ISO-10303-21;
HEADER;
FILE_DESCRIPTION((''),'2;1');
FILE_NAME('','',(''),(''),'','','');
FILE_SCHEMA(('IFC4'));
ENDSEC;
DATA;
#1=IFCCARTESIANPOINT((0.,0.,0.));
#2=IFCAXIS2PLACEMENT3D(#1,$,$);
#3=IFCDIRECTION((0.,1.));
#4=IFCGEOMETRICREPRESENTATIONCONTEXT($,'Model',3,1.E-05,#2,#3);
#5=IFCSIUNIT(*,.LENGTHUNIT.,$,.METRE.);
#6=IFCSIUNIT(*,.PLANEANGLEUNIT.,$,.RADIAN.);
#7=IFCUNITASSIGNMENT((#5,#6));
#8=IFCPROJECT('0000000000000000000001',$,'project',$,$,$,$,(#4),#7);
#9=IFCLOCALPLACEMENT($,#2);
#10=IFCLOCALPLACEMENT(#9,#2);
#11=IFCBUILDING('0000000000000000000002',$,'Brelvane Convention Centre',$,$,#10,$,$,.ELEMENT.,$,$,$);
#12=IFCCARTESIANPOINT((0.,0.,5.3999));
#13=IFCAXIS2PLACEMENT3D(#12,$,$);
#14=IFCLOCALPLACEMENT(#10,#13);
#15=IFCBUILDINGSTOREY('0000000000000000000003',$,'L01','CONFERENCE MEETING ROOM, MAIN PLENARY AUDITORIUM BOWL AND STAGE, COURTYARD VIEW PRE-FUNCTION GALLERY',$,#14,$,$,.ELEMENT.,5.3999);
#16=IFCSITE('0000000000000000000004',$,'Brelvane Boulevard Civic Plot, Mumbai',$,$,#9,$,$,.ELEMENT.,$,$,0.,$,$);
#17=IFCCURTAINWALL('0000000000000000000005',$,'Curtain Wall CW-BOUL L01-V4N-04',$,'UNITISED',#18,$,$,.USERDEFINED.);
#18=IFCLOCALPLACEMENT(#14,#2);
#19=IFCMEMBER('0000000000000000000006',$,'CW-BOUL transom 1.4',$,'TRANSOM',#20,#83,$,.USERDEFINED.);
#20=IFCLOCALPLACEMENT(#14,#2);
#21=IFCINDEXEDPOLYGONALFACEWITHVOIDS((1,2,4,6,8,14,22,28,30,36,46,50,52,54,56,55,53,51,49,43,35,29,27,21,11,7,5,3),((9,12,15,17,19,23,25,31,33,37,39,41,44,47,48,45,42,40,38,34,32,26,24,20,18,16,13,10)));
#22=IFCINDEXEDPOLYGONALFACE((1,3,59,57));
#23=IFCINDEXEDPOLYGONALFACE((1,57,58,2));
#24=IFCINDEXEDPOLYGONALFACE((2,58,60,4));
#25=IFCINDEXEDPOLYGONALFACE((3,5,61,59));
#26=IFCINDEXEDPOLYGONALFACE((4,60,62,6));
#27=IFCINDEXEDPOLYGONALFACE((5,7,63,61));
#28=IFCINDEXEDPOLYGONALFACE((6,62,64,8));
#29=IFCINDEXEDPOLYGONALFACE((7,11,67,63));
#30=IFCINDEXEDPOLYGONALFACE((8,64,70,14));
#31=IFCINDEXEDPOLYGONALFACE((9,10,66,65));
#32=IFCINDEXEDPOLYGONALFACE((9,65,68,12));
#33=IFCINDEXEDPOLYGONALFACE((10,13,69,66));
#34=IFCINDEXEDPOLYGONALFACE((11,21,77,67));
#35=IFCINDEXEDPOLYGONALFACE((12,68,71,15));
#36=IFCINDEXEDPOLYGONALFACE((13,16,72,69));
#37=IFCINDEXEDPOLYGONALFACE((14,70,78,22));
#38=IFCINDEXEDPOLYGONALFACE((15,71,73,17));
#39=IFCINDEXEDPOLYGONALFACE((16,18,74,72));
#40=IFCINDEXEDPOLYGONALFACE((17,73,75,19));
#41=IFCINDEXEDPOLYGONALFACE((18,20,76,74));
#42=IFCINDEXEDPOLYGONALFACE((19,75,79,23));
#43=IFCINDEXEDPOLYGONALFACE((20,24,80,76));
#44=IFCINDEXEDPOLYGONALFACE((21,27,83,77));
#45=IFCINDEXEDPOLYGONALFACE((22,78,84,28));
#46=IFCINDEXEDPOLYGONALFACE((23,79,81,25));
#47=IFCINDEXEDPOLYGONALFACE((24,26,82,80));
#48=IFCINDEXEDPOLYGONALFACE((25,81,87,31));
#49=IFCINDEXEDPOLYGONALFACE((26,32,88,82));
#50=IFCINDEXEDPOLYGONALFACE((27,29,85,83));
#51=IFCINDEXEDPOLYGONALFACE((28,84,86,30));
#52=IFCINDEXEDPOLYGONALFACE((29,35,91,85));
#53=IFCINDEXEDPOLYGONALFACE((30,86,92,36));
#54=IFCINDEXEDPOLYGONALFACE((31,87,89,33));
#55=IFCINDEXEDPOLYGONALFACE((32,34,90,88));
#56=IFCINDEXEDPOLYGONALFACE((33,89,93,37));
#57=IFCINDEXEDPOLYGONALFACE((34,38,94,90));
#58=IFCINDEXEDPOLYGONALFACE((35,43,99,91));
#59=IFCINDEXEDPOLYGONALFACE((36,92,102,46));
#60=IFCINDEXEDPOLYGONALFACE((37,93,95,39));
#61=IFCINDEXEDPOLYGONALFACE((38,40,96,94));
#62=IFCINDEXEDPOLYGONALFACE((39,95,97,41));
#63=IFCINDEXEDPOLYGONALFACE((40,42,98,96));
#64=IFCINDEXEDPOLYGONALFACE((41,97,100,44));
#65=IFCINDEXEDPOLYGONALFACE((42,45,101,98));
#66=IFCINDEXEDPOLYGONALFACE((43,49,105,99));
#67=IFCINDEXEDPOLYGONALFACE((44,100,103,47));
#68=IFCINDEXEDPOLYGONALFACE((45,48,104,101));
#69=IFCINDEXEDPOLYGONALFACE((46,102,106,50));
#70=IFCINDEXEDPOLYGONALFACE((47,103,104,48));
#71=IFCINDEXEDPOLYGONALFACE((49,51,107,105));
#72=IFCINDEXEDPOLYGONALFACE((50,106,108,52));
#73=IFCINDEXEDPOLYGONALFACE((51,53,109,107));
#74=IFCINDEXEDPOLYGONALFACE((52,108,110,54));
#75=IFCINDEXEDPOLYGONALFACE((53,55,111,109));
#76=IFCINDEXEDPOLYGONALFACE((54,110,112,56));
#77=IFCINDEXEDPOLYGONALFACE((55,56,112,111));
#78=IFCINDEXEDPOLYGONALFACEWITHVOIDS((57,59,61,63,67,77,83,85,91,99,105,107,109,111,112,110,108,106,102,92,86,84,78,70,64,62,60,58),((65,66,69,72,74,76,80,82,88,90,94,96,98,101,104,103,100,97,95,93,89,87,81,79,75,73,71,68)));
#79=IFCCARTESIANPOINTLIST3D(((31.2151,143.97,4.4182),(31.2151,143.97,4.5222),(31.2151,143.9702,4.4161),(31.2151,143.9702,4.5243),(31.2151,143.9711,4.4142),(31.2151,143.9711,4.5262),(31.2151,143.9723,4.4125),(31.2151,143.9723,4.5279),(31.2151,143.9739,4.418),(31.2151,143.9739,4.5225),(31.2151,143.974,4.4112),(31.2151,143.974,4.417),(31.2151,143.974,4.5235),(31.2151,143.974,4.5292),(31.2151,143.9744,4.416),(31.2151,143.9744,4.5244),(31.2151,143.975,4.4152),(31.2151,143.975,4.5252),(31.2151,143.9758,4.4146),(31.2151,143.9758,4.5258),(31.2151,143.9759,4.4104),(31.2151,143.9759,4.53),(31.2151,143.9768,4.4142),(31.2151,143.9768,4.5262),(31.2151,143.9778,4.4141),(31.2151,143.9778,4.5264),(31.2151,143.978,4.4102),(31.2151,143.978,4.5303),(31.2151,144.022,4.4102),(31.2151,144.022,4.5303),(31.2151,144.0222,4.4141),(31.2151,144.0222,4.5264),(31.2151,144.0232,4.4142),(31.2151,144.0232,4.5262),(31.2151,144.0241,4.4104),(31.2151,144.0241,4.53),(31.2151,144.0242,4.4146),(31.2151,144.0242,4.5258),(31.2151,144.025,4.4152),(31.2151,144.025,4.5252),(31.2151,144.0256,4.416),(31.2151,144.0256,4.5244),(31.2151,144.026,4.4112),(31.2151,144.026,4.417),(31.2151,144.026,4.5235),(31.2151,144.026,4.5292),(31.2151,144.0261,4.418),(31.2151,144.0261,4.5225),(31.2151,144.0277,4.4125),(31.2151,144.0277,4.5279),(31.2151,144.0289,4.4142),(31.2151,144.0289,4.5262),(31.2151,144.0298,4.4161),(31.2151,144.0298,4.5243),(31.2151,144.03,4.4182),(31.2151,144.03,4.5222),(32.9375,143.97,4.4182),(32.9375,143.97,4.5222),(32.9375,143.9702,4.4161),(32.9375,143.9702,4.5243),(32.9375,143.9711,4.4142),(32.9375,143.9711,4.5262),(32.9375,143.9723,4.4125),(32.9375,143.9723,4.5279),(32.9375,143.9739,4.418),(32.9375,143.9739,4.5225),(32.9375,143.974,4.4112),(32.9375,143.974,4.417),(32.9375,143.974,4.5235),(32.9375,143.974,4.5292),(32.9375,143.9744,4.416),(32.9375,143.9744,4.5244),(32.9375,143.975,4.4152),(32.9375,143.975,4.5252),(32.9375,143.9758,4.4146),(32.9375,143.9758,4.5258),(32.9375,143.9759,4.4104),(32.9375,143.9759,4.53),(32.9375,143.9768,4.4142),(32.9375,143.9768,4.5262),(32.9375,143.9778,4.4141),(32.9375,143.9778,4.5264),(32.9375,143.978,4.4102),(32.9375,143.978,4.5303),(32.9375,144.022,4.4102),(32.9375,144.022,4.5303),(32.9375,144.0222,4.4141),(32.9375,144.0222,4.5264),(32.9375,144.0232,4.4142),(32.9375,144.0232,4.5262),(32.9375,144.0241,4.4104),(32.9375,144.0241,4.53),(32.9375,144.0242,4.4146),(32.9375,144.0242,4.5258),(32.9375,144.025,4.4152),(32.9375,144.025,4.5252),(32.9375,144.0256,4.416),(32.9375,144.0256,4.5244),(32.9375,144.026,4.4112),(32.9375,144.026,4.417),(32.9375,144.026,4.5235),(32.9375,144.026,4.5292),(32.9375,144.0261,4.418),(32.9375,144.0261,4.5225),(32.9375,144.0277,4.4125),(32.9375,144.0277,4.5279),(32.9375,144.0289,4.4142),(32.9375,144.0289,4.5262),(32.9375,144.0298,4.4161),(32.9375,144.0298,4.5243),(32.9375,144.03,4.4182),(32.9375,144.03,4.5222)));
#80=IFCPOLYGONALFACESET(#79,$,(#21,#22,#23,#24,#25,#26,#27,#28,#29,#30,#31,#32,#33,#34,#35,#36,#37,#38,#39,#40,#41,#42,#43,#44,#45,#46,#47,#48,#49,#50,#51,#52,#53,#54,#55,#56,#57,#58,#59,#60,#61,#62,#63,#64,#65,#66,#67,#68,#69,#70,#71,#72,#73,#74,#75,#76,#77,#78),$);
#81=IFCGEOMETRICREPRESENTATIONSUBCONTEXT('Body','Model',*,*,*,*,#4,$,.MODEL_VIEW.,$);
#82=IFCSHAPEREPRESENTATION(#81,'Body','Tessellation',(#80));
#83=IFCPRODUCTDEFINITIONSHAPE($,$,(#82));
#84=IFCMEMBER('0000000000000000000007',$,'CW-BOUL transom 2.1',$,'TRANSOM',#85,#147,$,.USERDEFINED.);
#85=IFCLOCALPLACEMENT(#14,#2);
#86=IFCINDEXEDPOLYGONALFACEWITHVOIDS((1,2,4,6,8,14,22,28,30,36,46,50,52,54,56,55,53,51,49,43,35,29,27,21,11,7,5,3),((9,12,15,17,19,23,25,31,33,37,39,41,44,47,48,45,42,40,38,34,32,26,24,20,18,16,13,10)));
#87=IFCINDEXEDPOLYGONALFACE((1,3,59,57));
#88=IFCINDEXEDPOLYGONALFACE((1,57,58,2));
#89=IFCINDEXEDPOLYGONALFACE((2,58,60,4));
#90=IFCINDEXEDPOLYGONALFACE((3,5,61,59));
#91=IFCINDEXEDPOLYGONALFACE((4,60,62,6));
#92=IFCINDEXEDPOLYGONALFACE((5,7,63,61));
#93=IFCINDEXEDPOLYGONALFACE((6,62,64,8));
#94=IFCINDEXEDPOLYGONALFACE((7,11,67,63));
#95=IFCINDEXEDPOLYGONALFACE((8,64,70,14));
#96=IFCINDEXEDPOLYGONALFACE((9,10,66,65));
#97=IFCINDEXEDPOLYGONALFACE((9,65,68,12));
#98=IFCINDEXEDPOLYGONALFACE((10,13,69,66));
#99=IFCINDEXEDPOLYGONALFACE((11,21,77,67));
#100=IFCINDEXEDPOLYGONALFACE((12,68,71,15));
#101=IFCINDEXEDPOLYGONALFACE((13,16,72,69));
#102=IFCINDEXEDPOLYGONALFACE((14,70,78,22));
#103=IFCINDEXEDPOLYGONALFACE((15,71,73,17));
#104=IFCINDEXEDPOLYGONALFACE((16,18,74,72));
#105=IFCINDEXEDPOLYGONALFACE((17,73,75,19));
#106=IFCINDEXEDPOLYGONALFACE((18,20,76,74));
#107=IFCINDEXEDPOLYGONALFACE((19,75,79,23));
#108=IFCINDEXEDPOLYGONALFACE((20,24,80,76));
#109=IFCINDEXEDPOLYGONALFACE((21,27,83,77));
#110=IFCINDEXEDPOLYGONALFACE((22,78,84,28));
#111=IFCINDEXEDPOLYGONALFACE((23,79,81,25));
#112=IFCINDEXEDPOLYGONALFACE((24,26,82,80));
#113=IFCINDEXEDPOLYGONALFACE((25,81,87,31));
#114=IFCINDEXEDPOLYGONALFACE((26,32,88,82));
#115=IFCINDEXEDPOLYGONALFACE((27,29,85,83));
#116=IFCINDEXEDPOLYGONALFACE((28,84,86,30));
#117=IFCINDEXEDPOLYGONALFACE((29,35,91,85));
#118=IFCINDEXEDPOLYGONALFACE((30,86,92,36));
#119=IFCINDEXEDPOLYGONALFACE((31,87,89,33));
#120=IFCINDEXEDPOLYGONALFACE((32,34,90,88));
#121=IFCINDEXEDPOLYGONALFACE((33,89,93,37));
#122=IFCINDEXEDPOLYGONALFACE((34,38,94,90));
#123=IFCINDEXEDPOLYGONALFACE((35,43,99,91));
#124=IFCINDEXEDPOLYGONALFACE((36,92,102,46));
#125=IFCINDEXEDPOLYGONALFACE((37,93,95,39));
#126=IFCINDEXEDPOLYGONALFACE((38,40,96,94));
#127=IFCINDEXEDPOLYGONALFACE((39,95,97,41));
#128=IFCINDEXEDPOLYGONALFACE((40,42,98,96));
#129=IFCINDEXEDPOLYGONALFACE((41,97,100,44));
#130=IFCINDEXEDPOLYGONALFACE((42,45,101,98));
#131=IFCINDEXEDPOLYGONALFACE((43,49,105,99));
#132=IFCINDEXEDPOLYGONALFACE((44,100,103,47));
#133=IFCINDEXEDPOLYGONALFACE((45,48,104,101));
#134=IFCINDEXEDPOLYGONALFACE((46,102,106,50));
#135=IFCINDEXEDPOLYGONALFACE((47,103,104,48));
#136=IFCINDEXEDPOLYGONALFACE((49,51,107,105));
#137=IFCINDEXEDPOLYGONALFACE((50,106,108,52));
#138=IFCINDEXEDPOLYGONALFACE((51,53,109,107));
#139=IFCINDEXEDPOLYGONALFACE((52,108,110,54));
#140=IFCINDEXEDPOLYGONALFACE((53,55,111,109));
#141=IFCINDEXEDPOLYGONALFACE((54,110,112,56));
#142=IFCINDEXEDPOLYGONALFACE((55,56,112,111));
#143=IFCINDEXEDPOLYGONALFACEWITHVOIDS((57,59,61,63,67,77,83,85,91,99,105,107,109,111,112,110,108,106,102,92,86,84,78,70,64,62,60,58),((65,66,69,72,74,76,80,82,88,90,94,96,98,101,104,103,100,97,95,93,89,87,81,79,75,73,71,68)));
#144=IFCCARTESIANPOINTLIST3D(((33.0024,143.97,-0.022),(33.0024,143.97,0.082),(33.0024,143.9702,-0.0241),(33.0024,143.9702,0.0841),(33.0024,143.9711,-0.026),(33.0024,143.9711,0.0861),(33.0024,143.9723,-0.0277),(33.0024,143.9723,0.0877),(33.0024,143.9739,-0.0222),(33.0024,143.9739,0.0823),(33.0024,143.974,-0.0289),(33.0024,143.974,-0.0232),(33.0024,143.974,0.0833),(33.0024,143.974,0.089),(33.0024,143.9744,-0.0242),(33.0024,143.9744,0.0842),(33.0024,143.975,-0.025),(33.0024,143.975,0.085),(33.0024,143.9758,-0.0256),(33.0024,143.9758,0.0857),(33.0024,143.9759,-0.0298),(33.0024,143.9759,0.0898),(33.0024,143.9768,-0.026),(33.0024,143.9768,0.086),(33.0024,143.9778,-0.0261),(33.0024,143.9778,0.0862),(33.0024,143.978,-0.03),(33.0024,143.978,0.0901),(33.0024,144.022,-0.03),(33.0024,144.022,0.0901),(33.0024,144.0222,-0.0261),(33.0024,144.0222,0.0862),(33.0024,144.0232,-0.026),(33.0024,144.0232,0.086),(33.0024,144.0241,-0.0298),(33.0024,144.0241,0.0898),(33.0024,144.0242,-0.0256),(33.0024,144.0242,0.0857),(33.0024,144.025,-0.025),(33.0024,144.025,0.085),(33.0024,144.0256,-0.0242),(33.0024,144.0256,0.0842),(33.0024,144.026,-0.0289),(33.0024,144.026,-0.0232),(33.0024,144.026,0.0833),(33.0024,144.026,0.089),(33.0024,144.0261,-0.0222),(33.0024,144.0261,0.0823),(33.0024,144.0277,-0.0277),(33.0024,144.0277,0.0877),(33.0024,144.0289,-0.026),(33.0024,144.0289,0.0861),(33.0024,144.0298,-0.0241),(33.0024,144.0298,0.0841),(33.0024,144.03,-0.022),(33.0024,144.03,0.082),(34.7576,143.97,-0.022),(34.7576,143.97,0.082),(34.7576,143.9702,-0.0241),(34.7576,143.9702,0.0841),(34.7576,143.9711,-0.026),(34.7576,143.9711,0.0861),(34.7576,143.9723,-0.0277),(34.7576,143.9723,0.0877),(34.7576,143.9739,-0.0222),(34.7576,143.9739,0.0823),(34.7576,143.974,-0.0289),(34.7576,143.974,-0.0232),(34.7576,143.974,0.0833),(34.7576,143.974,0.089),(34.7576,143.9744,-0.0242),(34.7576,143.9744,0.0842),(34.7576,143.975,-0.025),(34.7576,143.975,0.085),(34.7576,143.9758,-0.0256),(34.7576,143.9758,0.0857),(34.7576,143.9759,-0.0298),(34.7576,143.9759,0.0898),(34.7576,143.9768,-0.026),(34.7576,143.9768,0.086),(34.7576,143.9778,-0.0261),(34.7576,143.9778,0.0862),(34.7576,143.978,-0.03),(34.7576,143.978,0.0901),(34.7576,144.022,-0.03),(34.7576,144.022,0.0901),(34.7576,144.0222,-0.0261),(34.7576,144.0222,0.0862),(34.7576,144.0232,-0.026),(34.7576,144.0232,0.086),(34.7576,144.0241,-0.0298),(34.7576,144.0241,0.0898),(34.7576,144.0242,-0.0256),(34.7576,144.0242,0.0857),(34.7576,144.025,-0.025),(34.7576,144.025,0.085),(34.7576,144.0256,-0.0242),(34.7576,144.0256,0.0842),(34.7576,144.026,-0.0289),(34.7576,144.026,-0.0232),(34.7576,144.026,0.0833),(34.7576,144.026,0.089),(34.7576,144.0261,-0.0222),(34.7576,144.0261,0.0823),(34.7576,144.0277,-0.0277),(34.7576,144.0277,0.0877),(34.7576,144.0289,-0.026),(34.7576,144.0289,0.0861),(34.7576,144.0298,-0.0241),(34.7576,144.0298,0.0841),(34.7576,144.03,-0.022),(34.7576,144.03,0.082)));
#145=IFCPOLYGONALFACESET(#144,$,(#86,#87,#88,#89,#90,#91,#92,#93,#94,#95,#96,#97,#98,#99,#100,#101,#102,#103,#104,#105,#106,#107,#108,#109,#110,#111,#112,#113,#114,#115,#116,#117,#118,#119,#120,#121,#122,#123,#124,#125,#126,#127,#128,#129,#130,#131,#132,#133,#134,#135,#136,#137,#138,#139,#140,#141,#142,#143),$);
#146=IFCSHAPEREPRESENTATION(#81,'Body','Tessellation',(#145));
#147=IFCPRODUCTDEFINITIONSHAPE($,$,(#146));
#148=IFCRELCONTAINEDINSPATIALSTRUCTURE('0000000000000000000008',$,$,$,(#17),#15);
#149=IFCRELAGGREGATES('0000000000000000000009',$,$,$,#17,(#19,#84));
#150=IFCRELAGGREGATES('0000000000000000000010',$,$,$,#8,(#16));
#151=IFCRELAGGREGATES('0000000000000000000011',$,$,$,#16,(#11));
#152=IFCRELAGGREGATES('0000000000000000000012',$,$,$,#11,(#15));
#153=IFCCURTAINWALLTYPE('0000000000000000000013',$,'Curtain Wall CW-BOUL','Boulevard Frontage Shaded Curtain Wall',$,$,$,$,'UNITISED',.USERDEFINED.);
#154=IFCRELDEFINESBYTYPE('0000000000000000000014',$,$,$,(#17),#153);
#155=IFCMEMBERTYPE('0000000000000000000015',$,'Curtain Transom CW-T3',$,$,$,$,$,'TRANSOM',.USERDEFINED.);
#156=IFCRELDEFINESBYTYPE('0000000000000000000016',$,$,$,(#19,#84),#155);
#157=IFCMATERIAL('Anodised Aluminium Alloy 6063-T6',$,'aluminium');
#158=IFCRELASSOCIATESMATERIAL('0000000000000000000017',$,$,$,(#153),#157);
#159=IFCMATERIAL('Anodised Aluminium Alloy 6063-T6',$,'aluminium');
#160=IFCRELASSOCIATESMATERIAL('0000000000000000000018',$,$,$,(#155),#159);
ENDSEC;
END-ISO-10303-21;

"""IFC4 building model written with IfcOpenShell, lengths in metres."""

from ifc_helpers import new_model, si_unit, direction, frame, origin, origin_2d, place, context, subcontext, project, spatial, hollow_rectangle, extrude, material, material_profile, profile_set, type_object, element, aggregate, save


model = new_model("IFC4")

# Units and contexts
model_context = context("Model", 3, precision=1e-05, world=origin(), true_north=direction((0.0, 1.0)))
body_context = subcontext(model_context, "Body", "Model", "MODEL_VIEW")
ifc_project = project(units=[si_unit("LENGTHUNIT", "METRE"), si_unit("PLANEANGLEUNIT", "RADIAN")], contexts=[model_context])

# Site, building, storey
site_placement = place(None, origin())
site = spatial("IfcSite", under=ifc_project, at=site_placement, Name="Brelvane Boulevard Civic Plot, Mumbai", CompositionType="ELEMENT", RefElevation=0.0)
building_placement = place(site_placement, origin())
building = spatial("IfcBuilding", under=site, at=building_placement, Name="Brelvane Convention Centre", CompositionType="ELEMENT")
storey_placement = place(building_placement, frame((0.0, 0.0, 5.3999)))
storey = spatial("IfcBuildingStorey", under=building, at=storey_placement, Name="L01", Description="CONFERENCE MEETING ROOM, MAIN PLENARY AUDITORIUM BOWL AND STAGE, COURTYARD VIEW PRE-FUNCTION GALLERY", CompositionType="ELEMENT", Elevation=5.3999)

# Curtain wall, members
ifc_material_1 = material(Name="Anodised Aluminium Alloy 6063-T6", Category="aluminium")
curtain_wall_type = type_object("IfcCurtainWallType", Name="Curtain Wall CW-BOUL", Description="Boulevard Frontage Shaded Curtain Wall", ElementType="UNITISED", PredefinedType="USERDEFINED", material=ifc_material_1)
curtain_wall_placement = place(storey_placement, origin())
curtain_wall = element("IfcCurtainWall", 1, at=curtain_wall_placement, inside=storey, type_object=curtain_wall_type, Name="Curtain Wall CW-BOUL L01-V4N-04", ObjectType="UNITISED", PredefinedType="USERDEFINED")
ifc_material_2 = material(Name="Anodised Aluminium Alloy 6063-T6", Category="aluminium")
ifc_material_profile_1 = material_profile(ifc_material_2, hollow_rectangle(XDim=0.0601, YDim=0.1201, WallThickness=0.0039, InnerFilletRadius=0.0039, OuterFilletRadius=0.0081, at=origin_2d()), Name="ALU-T 120x60x4.0")
ifc_profile_set_1 = profile_set([ifc_material_profile_1], Name="Anodised Aluminium Alloy 6063-T6")
member_type_1 = type_object("IfcMemberType", Name="Curtain Transom CW-T3", ElementType="TRANSOM", PredefinedType="USERDEFINED", material=ifc_profile_set_1)
member_1_placement = place(storey_placement, frame((31.2151, 144.0, 4.4702), z_axis=(1.0, 0.0, 0.0), x_axis=(0.0, 1.0, 0.0)))
member_1 = element("IfcMember", 2, at=member_1_placement, type_object=member_type_1, Name="CW-BOUL transom 1.4", ObjectType="TRANSOM", PredefinedType="USERDEFINED", context=body_context, shape_type="SweptSolid", body=[
    extrude(hollow_rectangle(XDim=0.0601, YDim=0.1201, WallThickness=0.0039, InnerFilletRadius=0.0039, OuterFilletRadius=0.0081, at=origin_2d()), origin(), (0.0, 0.0, 1.0), 1.7224),
])
member_2_placement = place(storey_placement, frame((33.0024, 144.0, 0.03), z_axis=(1.0, 0.0, 0.0), x_axis=(0.0, 1.0, 0.0)))
member_2 = element("IfcMember", 3, at=member_2_placement, type_object=member_type_1, Name="CW-BOUL transom 2.1", ObjectType="TRANSOM", PredefinedType="USERDEFINED", context=body_context, shape_type="SweptSolid", body=[
    extrude(hollow_rectangle(XDim=0.0601, YDim=0.1201, WallThickness=0.0039, InnerFilletRadius=0.0039, OuterFilletRadius=0.0081, at=origin_2d()), origin(), (0.0, 0.0, 1.0), 1.7551),
])

aggregate(curtain_wall, [member_1, member_2])

save(model, "model.ifc")
